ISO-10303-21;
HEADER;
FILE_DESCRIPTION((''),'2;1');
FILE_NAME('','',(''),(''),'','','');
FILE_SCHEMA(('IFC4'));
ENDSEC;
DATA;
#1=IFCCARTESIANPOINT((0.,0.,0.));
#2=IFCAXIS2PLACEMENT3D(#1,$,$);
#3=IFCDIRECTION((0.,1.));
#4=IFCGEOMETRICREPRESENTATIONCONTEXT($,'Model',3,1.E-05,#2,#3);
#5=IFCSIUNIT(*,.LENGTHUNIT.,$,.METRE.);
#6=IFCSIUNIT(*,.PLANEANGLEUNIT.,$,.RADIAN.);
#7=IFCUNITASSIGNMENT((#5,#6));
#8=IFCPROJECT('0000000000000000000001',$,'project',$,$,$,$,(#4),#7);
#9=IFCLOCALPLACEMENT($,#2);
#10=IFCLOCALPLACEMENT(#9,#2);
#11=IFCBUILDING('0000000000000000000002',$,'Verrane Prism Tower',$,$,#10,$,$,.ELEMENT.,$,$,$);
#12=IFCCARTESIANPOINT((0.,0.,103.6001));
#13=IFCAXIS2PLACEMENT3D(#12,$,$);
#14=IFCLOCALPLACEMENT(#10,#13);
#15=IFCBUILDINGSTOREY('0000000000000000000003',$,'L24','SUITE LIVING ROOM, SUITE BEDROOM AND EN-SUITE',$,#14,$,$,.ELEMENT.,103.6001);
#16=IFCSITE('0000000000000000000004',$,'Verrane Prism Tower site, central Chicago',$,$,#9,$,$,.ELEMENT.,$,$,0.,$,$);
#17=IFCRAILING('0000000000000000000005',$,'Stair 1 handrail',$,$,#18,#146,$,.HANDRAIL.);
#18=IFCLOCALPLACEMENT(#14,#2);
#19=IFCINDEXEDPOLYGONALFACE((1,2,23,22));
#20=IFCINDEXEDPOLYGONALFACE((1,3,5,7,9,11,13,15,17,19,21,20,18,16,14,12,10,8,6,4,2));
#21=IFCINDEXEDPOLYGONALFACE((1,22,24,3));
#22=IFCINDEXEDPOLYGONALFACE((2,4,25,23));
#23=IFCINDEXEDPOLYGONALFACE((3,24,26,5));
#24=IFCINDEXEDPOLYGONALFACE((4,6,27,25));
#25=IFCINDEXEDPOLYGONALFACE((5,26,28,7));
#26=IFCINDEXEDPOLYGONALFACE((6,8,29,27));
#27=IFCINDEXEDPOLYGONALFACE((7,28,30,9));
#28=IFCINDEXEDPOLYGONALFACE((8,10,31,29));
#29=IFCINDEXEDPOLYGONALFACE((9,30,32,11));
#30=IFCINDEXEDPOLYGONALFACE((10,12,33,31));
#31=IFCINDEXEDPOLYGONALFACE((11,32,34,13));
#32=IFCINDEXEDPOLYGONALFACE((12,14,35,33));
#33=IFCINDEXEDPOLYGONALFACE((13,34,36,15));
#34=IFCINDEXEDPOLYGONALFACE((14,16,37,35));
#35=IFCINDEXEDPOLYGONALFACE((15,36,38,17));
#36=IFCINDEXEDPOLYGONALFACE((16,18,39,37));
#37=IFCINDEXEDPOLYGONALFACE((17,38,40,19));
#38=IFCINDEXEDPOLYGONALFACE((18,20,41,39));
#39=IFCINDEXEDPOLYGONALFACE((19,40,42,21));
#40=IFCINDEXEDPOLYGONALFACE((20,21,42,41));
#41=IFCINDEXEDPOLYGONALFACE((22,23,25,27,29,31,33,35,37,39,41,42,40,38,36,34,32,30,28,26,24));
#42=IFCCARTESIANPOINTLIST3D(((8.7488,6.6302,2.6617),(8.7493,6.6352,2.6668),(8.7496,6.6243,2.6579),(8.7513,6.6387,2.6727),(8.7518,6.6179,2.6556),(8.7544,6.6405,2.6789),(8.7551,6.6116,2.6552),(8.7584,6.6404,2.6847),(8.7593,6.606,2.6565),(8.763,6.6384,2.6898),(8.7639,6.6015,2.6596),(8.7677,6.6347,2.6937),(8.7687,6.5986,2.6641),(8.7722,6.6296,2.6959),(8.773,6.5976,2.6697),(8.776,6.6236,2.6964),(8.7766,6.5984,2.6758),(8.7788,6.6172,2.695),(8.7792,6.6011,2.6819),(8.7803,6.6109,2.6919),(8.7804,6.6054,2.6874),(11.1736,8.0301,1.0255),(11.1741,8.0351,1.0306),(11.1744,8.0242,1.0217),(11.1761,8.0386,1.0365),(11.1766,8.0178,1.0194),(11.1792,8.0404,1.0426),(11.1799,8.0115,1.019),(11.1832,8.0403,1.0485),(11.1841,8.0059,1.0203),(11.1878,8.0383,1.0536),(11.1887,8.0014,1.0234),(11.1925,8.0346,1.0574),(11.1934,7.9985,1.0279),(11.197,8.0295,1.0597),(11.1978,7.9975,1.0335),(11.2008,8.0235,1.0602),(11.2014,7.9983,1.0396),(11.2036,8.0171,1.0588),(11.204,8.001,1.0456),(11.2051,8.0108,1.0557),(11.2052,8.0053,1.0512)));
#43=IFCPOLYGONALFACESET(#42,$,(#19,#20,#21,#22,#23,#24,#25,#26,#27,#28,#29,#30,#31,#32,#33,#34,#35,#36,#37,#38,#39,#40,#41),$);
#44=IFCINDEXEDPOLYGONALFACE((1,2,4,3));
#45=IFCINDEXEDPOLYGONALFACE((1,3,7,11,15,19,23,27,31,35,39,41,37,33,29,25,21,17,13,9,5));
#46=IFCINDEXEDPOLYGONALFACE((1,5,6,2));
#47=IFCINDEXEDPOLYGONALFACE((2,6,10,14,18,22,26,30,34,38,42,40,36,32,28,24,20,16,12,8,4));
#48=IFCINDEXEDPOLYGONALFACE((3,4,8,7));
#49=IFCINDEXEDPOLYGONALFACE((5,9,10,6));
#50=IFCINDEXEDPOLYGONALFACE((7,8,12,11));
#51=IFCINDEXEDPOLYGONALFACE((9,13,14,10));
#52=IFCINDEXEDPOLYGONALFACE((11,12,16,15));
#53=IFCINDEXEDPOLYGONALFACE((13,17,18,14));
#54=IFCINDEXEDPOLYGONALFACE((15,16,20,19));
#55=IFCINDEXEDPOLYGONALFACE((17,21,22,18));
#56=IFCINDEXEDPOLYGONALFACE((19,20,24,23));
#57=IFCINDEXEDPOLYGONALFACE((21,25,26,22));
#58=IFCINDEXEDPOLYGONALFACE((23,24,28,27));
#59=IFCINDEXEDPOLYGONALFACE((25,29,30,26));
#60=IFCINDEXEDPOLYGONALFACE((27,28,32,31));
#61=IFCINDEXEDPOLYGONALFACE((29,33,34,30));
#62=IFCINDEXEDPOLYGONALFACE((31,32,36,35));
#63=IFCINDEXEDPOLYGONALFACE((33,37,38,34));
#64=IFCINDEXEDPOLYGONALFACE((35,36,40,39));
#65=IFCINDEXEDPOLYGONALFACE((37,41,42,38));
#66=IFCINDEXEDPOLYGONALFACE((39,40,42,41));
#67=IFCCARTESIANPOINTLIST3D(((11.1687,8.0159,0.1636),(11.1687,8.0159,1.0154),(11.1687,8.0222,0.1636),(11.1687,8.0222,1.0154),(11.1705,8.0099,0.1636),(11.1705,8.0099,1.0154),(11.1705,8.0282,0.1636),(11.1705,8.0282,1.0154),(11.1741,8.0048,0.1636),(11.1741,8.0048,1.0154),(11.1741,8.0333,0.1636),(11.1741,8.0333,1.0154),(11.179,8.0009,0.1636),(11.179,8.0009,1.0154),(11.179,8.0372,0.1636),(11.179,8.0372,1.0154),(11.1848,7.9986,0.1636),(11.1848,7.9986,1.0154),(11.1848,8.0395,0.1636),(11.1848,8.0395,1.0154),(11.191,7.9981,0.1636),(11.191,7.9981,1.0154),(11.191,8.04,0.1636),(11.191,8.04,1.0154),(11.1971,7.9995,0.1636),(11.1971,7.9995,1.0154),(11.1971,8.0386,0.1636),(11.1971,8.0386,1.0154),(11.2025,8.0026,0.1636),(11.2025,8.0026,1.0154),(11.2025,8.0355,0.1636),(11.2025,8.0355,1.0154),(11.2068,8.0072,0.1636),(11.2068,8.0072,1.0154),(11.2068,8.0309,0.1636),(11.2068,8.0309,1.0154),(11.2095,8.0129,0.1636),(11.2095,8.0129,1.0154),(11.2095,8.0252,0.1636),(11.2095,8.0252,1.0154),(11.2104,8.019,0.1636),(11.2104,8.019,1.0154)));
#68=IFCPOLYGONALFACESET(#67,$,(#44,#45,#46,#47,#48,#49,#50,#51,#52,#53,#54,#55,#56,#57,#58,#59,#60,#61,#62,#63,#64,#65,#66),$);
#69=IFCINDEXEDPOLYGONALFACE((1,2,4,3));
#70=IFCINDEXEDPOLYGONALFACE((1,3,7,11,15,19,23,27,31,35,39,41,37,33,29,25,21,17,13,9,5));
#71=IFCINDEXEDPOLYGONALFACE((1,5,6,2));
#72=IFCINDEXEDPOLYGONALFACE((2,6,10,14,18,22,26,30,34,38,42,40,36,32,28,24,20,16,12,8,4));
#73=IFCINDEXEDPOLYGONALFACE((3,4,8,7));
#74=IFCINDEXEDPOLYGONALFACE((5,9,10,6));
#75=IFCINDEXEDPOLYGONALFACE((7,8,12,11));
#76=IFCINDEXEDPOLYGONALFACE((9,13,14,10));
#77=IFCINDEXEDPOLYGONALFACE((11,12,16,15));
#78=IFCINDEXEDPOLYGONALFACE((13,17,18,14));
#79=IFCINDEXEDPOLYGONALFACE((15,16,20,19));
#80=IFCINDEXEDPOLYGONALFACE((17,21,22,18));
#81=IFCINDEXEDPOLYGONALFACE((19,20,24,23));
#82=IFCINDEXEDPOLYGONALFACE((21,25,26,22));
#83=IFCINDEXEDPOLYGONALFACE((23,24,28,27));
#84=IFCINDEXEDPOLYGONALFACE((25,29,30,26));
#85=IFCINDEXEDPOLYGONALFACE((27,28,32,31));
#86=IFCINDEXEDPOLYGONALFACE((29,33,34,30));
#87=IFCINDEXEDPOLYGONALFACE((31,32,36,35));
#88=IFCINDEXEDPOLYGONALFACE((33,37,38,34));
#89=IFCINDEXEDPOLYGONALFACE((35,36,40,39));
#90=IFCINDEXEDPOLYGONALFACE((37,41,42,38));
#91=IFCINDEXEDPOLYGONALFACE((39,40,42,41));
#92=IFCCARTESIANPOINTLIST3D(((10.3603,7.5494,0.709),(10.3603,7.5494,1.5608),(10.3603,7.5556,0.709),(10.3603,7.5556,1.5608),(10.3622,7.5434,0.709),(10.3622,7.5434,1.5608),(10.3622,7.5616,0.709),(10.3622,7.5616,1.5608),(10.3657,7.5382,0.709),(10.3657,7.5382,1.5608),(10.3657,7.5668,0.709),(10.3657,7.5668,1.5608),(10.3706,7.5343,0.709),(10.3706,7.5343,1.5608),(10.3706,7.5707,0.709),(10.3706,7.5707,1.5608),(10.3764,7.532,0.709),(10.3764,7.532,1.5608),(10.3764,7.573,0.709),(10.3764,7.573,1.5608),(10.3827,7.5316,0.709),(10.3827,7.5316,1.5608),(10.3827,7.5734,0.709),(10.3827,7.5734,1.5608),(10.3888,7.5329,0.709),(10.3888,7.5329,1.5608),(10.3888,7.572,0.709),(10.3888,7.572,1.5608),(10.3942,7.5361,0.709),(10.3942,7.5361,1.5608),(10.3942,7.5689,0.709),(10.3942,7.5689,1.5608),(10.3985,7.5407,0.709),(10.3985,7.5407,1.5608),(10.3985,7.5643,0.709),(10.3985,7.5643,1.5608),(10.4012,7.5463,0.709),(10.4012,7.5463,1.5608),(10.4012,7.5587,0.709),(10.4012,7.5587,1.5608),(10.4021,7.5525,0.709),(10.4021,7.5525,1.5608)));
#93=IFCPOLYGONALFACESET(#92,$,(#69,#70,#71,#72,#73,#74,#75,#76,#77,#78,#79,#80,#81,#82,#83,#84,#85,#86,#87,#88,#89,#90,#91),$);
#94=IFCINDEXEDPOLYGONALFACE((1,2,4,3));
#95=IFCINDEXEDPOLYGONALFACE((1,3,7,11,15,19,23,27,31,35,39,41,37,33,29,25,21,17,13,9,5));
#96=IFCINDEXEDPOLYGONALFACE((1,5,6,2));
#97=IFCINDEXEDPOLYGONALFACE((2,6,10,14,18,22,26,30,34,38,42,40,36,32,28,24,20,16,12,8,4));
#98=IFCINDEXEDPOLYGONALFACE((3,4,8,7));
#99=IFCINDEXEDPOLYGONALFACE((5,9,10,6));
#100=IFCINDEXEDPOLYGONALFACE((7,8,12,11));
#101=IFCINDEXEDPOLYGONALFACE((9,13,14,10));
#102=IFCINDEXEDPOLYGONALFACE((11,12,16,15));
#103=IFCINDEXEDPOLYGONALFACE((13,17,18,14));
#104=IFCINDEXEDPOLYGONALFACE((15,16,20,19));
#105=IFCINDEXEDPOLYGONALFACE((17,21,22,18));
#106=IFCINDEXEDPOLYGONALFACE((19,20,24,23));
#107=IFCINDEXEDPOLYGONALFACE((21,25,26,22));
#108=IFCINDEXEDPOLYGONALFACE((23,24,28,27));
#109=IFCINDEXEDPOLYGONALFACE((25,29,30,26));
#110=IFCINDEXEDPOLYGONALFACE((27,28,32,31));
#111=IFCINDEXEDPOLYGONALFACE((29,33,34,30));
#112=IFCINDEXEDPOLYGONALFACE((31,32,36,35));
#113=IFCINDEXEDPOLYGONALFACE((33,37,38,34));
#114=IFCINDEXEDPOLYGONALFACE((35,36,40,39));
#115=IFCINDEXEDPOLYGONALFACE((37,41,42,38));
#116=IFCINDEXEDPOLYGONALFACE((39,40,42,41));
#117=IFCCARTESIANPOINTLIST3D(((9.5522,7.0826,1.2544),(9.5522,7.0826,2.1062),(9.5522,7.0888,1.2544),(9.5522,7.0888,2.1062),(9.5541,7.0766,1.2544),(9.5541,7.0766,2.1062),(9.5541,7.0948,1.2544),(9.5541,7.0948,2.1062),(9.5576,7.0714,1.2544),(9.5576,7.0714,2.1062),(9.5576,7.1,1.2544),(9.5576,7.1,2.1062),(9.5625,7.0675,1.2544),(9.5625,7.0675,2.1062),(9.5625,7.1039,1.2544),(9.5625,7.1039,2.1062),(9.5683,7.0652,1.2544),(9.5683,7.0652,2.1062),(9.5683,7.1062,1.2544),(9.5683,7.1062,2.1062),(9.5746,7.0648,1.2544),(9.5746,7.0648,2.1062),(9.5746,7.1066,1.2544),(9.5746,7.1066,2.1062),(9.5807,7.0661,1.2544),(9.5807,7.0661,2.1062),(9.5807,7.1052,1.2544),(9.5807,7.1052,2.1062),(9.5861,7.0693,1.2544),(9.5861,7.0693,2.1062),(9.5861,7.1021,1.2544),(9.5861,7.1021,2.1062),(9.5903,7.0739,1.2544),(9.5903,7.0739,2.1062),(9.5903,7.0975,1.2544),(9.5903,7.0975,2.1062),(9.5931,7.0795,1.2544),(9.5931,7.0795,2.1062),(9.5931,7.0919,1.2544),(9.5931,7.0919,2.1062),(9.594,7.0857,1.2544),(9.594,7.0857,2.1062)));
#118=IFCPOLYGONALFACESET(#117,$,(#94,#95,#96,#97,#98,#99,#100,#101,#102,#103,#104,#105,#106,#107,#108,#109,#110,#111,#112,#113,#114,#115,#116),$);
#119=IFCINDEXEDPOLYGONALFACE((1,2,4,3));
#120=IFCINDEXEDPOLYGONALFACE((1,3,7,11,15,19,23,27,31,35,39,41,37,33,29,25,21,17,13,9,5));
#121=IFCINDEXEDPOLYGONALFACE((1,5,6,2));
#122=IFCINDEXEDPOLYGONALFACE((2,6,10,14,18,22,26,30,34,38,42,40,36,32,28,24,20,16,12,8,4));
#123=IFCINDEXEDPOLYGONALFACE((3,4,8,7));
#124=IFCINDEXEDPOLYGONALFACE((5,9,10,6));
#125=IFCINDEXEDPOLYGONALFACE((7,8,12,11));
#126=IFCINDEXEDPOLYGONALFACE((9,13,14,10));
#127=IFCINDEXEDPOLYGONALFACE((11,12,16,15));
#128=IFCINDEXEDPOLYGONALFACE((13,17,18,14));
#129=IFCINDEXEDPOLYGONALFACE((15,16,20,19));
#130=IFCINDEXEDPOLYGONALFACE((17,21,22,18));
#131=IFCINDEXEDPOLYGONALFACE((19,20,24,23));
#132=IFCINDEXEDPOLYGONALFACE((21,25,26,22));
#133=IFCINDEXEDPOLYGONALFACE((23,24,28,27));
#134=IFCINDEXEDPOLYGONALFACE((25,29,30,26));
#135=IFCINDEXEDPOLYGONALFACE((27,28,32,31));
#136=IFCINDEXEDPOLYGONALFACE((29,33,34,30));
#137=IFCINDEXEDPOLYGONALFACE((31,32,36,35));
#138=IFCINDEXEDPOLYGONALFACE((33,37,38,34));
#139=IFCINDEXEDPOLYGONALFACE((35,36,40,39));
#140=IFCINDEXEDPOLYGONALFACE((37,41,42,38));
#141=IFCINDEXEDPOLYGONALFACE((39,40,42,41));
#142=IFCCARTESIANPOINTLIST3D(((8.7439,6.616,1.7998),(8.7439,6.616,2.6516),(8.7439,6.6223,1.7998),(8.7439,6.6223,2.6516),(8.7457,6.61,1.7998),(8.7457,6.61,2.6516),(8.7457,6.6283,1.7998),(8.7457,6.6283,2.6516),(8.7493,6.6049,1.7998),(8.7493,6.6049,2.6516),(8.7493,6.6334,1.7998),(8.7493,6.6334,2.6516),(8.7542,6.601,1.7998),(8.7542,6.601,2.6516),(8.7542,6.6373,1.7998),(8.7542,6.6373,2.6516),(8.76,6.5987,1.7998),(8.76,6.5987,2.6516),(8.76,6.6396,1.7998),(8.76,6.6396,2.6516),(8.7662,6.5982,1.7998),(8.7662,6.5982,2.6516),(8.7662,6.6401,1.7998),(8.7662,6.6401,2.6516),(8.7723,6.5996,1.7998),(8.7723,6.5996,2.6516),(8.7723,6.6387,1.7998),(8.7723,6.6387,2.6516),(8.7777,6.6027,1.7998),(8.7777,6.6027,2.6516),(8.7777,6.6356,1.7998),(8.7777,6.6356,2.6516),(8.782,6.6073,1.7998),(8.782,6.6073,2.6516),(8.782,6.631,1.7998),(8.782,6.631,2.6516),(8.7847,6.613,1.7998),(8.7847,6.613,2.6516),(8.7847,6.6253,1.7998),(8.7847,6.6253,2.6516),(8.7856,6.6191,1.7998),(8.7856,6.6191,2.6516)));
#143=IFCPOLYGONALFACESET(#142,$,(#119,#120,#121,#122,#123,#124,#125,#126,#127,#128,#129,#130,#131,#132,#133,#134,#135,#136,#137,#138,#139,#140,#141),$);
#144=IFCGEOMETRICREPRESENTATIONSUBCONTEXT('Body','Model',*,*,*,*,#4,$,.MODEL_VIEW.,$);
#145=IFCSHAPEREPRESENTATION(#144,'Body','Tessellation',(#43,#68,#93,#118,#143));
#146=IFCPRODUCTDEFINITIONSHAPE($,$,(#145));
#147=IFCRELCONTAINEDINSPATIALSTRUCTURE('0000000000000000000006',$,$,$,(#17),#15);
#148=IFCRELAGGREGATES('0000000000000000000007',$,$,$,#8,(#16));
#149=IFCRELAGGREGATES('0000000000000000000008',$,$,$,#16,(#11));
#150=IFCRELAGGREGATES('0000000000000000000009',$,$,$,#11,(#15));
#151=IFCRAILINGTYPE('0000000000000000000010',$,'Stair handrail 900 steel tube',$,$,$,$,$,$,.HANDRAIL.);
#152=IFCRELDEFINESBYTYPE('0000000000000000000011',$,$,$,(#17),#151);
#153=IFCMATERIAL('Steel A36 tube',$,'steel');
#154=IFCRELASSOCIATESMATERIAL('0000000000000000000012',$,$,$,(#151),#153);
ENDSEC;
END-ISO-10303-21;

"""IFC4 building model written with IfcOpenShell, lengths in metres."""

from ifc_helpers import new_model, si_unit, direction, frame, origin, origin_2d, place, context, subcontext, project, spatial, circle, extrude, material, type_object, element, save


model = new_model("IFC4")

# Units and contexts
model_context = context("Model", 3, precision=1e-05, world=origin(), true_north=direction((0.0, 1.0)))
body_context = subcontext(model_context, "Body", "Model", "MODEL_VIEW")
ifc_project = project(units=[si_unit("LENGTHUNIT", "METRE"), si_unit("PLANEANGLEUNIT", "RADIAN")], contexts=[model_context])

# Site, building, storey
site_placement = place(None, origin())
site = spatial("IfcSite", under=ifc_project, at=site_placement, Name="Verrane Prism Tower site, central Chicago", CompositionType="ELEMENT", RefElevation=0.0)
building_placement = place(site_placement, origin())
building = spatial("IfcBuilding", under=site, at=building_placement, Name="Verrane Prism Tower", CompositionType="ELEMENT")
storey_placement = place(building_placement, frame((0.0, 0.0, 103.6001)))
storey = spatial("IfcBuildingStorey", under=building, at=storey_placement, Name="L24", Description="SUITE LIVING ROOM, SUITE BEDROOM AND EN-SUITE", CompositionType="ELEMENT", Elevation=103.6001)

# Railing
ifc_material_1 = material(Name="Steel A36 tube", Category="steel")
railing_type_1 = type_object("IfcRailingType", Name="Stair handrail 900 steel tube", PredefinedType="HANDRAIL", material=ifc_material_1)
railing_1_placement = place(storey_placement, frame((11.1895, 8.019, 0.1636)))
element("IfcRailing", 1, at=railing_1_placement, inside=storey, type_object=railing_type_1, Name="Stair 1 handrail", PredefinedType="HANDRAIL", context=body_context, shape_type="SweptSolid", body=[
    extrude(circle(Radius=0.0239, at=origin_2d()), frame((0.0, 0.0, 0.876), z_axis=(-0.747718, -0.431677, 0.504552), x_axis=(0.499984, -0.866035, 0.0)), (0.0, 0.0, 1.0), 3.2429),
    extrude(circle(Radius=0.021, at=origin_2d()), origin(), (0.0, 0.0, 1.0), 0.8518),
    extrude(circle(Radius=0.021, at=origin_2d()), frame((-0.8083, -0.4666, 0.5454)), (0.0, 0.0, 1.0), 0.8518),
    extrude(circle(Radius=0.021, at=origin_2d()), frame((-1.6165, -0.9333, 1.0908)), (0.0, 0.0, 1.0), 0.8518),
    extrude(circle(Radius=0.021, at=origin_2d()), frame((-2.4248, -1.3999, 1.6362)), (0.0, 0.0, 1.0), 0.8518),
])

save(model, "model.ifc")
